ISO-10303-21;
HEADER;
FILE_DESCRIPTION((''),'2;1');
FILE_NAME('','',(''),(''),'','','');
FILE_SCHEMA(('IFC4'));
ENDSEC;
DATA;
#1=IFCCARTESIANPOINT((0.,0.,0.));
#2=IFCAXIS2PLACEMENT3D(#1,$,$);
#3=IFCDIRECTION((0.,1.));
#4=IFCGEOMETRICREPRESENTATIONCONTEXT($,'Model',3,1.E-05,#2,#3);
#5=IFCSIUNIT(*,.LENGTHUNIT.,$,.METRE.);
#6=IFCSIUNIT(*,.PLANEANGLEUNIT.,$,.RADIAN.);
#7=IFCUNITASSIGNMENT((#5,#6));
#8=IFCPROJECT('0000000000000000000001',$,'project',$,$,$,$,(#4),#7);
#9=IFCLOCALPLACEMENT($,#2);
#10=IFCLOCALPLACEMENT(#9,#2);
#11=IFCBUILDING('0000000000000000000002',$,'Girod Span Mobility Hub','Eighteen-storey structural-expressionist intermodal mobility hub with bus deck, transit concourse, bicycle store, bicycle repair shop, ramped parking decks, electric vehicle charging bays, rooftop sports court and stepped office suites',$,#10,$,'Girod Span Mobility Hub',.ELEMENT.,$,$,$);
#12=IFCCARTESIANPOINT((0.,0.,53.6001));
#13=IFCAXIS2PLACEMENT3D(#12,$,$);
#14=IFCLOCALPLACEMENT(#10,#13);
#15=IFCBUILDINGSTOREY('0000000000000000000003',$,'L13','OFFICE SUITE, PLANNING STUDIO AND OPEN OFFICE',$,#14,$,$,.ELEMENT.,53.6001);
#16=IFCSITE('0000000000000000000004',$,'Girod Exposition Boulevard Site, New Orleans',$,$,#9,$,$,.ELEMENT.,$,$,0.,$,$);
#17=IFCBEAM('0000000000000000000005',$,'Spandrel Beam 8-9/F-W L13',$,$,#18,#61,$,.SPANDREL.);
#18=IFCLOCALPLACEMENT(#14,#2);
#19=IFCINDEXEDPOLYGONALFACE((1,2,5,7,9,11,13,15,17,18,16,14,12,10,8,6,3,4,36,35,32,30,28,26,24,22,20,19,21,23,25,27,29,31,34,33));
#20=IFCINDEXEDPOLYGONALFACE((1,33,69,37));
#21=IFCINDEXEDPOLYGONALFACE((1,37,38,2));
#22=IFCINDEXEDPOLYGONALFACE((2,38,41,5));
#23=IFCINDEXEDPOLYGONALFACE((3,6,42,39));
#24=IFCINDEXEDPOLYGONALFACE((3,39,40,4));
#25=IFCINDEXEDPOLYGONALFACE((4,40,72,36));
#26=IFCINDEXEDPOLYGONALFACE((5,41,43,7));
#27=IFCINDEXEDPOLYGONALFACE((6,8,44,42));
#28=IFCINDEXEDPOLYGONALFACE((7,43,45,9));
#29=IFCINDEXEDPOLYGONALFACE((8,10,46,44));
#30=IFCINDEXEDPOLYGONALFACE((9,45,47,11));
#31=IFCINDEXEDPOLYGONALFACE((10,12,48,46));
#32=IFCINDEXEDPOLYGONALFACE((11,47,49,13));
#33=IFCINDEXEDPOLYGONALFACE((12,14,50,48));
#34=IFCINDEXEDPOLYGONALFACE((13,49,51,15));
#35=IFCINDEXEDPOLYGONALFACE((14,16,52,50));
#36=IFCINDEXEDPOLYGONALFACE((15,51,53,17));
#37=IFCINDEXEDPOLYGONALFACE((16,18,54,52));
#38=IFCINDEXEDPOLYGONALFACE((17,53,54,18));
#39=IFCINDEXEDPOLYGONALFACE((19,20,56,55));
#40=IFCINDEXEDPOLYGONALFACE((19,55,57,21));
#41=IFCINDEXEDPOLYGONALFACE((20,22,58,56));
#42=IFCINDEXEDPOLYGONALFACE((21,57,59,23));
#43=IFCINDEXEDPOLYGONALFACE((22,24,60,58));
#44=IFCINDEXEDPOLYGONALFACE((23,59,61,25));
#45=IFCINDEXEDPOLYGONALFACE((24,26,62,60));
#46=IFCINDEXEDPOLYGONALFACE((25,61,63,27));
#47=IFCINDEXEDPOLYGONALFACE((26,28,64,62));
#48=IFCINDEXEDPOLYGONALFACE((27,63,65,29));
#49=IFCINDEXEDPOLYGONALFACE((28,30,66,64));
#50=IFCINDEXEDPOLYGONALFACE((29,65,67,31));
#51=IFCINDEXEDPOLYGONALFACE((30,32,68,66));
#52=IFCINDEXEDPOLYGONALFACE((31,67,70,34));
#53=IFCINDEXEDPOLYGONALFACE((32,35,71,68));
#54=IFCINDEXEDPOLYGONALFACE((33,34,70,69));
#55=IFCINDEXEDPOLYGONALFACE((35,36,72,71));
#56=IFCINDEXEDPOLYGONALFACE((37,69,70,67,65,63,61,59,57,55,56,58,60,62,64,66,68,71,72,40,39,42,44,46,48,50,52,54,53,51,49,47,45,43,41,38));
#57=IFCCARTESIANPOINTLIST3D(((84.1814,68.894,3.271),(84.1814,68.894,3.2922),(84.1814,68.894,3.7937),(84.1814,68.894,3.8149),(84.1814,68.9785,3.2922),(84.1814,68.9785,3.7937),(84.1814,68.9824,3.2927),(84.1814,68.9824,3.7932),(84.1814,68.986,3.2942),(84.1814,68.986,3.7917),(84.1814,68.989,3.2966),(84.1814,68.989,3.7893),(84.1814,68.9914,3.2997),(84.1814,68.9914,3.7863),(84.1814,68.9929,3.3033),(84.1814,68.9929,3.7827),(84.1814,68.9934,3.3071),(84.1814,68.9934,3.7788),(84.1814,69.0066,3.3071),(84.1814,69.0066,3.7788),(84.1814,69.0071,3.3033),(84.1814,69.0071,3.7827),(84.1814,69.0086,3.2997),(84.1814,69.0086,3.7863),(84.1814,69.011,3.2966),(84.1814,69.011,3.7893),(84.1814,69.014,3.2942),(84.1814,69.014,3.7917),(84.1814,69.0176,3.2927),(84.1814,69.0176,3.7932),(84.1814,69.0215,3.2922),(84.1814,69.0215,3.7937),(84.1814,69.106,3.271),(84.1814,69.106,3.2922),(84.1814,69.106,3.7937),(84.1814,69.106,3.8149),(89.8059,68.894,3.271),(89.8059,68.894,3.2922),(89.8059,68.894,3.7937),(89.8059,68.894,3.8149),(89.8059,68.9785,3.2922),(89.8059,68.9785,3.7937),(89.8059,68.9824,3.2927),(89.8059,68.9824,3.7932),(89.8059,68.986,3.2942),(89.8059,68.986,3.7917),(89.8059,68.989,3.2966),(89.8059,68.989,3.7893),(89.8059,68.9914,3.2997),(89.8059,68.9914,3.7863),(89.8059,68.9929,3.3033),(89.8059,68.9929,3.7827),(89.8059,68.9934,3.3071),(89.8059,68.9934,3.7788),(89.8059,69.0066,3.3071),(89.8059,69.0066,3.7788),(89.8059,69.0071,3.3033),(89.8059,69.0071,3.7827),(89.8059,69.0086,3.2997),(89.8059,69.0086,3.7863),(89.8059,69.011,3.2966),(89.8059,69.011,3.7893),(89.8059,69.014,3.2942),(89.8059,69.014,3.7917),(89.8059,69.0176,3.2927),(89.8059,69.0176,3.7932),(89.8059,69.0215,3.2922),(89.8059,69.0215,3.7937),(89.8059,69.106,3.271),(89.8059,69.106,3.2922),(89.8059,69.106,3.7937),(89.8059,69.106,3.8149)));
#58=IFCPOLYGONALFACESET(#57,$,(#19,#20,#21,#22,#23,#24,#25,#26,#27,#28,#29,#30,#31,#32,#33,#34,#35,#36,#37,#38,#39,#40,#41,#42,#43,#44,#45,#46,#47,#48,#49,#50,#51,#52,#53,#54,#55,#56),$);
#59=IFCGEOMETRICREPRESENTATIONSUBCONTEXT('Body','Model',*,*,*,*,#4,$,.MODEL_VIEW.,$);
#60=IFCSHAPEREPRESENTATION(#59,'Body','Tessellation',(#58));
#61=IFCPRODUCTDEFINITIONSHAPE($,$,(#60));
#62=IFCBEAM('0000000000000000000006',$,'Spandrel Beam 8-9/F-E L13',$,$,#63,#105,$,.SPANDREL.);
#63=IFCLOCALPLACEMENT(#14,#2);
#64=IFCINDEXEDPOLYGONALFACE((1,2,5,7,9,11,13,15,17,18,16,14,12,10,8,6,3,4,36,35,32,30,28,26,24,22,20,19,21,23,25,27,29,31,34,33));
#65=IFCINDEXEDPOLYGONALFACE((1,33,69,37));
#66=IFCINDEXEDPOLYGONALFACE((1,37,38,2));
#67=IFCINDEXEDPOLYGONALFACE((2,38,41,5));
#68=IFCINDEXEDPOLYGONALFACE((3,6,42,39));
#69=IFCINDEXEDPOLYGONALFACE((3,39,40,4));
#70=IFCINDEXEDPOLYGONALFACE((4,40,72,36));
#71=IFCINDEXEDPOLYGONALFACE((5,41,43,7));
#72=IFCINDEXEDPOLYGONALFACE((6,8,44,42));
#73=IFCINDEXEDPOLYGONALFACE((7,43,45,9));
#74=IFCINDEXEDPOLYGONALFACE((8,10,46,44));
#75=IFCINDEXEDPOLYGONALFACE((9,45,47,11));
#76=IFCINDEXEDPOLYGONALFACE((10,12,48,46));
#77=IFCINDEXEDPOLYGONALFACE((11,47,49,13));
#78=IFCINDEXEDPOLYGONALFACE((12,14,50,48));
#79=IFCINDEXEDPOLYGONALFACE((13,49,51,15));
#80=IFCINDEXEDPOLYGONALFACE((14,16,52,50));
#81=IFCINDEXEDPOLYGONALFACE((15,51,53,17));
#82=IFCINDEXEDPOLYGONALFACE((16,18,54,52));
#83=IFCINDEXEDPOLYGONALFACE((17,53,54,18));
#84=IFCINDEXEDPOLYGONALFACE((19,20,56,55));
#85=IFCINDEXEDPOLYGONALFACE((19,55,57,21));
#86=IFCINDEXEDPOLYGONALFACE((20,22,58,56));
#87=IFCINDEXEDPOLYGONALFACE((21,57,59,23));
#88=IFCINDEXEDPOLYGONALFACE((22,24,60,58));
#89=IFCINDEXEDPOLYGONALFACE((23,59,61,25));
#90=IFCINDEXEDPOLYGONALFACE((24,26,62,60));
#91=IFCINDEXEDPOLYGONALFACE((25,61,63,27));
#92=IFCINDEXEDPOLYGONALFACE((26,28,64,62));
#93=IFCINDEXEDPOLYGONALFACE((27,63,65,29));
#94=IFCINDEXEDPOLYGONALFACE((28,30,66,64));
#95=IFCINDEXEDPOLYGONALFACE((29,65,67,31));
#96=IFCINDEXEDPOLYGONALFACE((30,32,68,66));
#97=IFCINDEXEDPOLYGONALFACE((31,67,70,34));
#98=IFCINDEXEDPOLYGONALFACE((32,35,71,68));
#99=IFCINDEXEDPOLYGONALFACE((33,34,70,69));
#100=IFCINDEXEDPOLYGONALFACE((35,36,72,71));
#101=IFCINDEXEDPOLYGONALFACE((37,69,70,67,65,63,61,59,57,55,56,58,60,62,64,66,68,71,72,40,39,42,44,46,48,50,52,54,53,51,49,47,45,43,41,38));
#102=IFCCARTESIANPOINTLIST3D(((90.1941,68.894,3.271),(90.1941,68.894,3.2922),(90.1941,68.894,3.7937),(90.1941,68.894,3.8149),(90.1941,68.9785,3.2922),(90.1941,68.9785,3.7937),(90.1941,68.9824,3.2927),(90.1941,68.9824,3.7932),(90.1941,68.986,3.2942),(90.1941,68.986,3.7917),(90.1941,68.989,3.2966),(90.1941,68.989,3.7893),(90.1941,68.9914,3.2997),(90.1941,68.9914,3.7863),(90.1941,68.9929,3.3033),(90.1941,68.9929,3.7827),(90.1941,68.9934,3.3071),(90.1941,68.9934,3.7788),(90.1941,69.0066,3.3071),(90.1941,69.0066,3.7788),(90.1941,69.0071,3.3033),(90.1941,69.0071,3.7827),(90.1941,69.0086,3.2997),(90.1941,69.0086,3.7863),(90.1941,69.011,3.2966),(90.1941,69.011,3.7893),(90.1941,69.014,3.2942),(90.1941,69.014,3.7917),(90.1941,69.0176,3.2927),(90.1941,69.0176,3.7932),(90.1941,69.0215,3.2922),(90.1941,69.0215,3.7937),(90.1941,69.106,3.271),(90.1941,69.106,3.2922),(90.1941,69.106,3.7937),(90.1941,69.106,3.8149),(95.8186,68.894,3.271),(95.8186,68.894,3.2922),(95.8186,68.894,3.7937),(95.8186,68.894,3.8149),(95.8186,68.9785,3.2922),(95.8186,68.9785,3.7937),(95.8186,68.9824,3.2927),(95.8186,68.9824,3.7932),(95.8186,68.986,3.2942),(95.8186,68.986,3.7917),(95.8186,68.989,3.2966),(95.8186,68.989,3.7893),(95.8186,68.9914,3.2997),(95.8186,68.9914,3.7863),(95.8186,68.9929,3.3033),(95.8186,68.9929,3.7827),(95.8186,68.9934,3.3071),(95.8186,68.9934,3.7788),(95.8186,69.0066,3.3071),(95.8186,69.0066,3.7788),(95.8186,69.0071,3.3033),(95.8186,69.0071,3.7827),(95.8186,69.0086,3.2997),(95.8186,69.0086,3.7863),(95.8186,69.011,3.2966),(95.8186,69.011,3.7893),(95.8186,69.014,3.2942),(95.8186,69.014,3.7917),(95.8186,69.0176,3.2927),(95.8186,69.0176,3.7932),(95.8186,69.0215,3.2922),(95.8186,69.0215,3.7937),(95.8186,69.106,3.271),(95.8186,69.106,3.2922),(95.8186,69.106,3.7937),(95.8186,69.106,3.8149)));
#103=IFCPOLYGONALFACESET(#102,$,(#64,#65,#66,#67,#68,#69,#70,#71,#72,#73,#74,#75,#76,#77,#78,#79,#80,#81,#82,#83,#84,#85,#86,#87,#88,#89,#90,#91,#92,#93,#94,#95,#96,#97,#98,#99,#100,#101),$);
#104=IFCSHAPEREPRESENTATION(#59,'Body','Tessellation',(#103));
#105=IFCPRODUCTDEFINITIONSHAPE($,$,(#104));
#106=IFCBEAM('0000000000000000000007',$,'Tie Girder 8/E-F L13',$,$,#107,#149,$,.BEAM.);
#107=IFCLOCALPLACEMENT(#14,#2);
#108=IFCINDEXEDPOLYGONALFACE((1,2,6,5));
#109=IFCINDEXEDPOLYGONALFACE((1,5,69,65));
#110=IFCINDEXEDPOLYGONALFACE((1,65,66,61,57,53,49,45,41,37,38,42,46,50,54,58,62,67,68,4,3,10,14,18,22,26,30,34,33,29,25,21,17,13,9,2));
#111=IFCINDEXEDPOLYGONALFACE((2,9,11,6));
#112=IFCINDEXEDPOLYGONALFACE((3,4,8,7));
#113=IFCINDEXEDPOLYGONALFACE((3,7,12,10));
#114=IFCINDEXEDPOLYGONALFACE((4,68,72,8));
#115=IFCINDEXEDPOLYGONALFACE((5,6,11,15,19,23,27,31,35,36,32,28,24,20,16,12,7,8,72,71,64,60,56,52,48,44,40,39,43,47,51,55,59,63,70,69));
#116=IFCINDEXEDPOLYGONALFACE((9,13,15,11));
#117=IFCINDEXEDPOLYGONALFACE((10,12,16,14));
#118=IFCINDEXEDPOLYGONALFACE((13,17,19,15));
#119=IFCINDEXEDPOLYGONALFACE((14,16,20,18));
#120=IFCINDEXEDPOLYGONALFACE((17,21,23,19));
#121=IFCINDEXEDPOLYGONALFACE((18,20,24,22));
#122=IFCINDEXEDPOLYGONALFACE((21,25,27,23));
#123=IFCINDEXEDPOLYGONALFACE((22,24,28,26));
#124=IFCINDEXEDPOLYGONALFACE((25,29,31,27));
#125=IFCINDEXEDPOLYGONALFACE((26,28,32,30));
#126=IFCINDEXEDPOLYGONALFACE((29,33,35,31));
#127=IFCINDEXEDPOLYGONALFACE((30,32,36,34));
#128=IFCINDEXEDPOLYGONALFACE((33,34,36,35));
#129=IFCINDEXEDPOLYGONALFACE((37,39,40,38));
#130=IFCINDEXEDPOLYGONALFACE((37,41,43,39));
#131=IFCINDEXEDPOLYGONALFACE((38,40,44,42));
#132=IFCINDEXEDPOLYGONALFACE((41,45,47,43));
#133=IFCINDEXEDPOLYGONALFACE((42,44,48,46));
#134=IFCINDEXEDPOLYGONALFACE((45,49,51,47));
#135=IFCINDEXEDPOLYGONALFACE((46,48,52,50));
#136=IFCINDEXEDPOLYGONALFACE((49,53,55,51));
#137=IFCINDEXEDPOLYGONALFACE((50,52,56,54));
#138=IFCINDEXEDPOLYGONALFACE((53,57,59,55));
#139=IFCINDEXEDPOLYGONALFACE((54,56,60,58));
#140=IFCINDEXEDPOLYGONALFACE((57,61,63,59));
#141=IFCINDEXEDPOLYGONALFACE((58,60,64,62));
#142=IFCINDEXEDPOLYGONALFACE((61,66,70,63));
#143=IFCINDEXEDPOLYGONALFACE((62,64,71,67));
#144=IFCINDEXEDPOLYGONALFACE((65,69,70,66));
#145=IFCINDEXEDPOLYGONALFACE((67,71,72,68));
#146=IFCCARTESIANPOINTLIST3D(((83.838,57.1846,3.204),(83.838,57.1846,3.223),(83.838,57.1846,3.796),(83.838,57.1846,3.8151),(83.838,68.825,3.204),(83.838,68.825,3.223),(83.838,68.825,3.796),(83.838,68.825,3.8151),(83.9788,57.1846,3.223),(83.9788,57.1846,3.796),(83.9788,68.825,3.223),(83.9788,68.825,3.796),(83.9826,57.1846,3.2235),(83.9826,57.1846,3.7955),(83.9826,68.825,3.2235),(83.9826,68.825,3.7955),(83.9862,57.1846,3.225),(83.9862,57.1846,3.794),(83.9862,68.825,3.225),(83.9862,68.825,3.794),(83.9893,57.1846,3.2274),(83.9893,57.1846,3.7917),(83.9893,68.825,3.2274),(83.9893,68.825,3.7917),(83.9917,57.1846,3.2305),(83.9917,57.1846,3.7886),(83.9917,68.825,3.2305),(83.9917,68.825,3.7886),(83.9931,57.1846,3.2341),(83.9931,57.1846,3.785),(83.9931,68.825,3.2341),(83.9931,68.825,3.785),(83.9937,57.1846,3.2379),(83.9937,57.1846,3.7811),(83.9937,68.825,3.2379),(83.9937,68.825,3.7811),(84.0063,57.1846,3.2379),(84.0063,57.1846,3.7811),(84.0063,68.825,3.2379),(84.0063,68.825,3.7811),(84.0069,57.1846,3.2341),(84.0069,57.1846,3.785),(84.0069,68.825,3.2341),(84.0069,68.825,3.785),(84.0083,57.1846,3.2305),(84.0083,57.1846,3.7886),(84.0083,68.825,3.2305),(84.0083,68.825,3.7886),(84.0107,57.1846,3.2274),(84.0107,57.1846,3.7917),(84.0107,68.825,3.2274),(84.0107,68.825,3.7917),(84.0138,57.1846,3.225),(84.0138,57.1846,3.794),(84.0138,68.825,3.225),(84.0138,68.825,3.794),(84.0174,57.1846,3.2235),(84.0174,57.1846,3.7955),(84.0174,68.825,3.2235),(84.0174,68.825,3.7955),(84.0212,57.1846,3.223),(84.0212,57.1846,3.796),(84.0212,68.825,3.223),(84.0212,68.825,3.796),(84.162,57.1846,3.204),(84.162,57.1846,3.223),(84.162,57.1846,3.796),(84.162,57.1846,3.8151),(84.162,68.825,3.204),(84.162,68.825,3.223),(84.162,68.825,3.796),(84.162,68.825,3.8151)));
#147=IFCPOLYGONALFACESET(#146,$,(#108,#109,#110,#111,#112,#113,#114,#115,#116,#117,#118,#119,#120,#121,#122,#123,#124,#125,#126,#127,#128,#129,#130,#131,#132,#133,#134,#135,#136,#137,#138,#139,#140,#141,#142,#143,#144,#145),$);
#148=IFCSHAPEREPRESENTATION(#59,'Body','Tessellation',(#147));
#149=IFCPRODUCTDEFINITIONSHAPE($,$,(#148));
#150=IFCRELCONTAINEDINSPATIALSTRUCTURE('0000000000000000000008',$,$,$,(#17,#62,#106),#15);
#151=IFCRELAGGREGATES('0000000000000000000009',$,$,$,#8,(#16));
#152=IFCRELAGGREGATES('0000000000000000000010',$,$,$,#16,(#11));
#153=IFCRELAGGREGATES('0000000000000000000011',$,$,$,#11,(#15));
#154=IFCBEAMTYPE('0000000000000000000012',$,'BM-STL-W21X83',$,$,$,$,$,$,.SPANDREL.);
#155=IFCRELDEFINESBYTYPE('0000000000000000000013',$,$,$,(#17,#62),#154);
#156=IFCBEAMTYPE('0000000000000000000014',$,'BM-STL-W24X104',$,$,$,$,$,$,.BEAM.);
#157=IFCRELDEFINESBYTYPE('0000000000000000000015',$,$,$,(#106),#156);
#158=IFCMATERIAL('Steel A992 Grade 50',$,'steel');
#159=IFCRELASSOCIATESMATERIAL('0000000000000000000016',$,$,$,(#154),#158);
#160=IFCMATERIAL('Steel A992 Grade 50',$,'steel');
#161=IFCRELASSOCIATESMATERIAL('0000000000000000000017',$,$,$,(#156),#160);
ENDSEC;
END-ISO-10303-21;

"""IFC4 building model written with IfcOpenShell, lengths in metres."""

from ifc_helpers import new_model, si_unit, direction, frame, origin, origin_2d, place, context, subcontext, project, spatial, i_section, extrude, material, material_profile, profile_set, type_object, element, save


model = new_model("IFC4")

# Units and contexts
model_context = context("Model", 3, precision=1e-05, world=origin(), true_north=direction((0.0, 1.0)))
body_context = subcontext(model_context, "Body", "Model", "MODEL_VIEW")
ifc_project = project(units=[si_unit("LENGTHUNIT", "METRE"), si_unit("PLANEANGLEUNIT", "RADIAN")], contexts=[model_context])

# Site, building, storey
site_placement = place(None, origin())
site = spatial("IfcSite", under=ifc_project, at=site_placement, Name="Girod Exposition Boulevard Site, New Orleans", CompositionType="ELEMENT", RefElevation=0.0)
building_placement = place(site_placement, origin())
building = spatial("IfcBuilding", under=site, at=building_placement, Name="Girod Span Mobility Hub", Description="Eighteen-storey structural-expressionist intermodal mobility hub with bus deck, transit concourse, bicycle store, bicycle repair shop, ramped parking decks, electric vehicle charging bays, rooftop sports court and stepped office suites", LongName="Girod Span Mobility Hub", CompositionType="ELEMENT")
storey_placement = place(building_placement, frame((0.0, 0.0, 53.6001)))
storey = spatial("IfcBuildingStorey", under=building, at=storey_placement, Name="L13", Description="OFFICE SUITE, PLANNING STUDIO AND OPEN OFFICE", CompositionType="ELEMENT", Elevation=53.6001)

# Beams
ifc_material_1 = material(Name="Steel A992 Grade 50", Category="steel")
ifc_material_profile_1 = material_profile(ifc_material_1, i_section(OverallWidth=0.2119, OverallDepth=0.5439, WebThickness=0.0132, FlangeThickness=0.0212, FilletRadius=0.0149, at=origin_2d()), Name="W21X83")
ifc_profile_set_1 = profile_set([ifc_material_profile_1], Name="Steel A992 Grade 50")
beam_type_1 = type_object("IfcBeamType", Name="BM-STL-W21X83", PredefinedType="SPANDREL", material=ifc_profile_set_1)
for number, where, z_axis, x_axis, name in (
    (1, (84.1814, 69.0, 3.543), (1.0, 0.0, 0.0), (0.0, 1.0, 0.0), "Spandrel Beam 8-9/F-W L13"),
    (2, (90.1941, 69.0, 3.543), (1.0, 0.0, 0.0), (0.0, 1.0, 0.0), "Spandrel Beam 8-9/F-E L13"),
):
    element("IfcBeam", number, at=place(storey_placement, frame(where, z_axis=z_axis, x_axis=x_axis)), inside=storey, type_object=beam_type_1, Name=name, PredefinedType="SPANDREL", context=body_context, shape_type="SweptSolid", body=[
        extrude(i_section(OverallWidth=0.2119, OverallDepth=0.5439, WebThickness=0.0132, FlangeThickness=0.0212, FilletRadius=0.0149, at=origin_2d()), origin(), (0.0, 0.0, 1.0), 5.6245),
    ])
ifc_material_2 = material(Name="Steel A992 Grade 50", Category="steel")
ifc_material_profile_2 = material_profile(ifc_material_2, i_section(OverallWidth=0.324, OverallDepth=0.6111, WebThickness=0.0127, FlangeThickness=0.019, FilletRadius=0.0149, at=origin_2d()), Name="W24X104")
ifc_profile_set_2 = profile_set([ifc_material_profile_2], Name="Steel A992 Grade 50")
beam_type_2 = type_object("IfcBeamType", Name="BM-STL-W24X104", PredefinedType="BEAM", material=ifc_profile_set_2)
beam_1_placement = place(storey_placement, frame((84.0, 57.1846, 3.5095), z_axis=(0.0, 1.0, 0.0), x_axis=(-1.0, 0.0, 0.0)))
element("IfcBeam", 3, at=beam_1_placement, inside=storey, type_object=beam_type_2, Name="Tie Girder 8/E-F L13", PredefinedType="BEAM", context=body_context, shape_type="SweptSolid", body=[
    extrude(i_section(OverallWidth=0.324, OverallDepth=0.6111, WebThickness=0.0127, FlangeThickness=0.019, FilletRadius=0.0149, at=origin_2d()), origin(), (0.0, 0.0, 1.0), 11.6404),
])

save(model, "model.ifc")
